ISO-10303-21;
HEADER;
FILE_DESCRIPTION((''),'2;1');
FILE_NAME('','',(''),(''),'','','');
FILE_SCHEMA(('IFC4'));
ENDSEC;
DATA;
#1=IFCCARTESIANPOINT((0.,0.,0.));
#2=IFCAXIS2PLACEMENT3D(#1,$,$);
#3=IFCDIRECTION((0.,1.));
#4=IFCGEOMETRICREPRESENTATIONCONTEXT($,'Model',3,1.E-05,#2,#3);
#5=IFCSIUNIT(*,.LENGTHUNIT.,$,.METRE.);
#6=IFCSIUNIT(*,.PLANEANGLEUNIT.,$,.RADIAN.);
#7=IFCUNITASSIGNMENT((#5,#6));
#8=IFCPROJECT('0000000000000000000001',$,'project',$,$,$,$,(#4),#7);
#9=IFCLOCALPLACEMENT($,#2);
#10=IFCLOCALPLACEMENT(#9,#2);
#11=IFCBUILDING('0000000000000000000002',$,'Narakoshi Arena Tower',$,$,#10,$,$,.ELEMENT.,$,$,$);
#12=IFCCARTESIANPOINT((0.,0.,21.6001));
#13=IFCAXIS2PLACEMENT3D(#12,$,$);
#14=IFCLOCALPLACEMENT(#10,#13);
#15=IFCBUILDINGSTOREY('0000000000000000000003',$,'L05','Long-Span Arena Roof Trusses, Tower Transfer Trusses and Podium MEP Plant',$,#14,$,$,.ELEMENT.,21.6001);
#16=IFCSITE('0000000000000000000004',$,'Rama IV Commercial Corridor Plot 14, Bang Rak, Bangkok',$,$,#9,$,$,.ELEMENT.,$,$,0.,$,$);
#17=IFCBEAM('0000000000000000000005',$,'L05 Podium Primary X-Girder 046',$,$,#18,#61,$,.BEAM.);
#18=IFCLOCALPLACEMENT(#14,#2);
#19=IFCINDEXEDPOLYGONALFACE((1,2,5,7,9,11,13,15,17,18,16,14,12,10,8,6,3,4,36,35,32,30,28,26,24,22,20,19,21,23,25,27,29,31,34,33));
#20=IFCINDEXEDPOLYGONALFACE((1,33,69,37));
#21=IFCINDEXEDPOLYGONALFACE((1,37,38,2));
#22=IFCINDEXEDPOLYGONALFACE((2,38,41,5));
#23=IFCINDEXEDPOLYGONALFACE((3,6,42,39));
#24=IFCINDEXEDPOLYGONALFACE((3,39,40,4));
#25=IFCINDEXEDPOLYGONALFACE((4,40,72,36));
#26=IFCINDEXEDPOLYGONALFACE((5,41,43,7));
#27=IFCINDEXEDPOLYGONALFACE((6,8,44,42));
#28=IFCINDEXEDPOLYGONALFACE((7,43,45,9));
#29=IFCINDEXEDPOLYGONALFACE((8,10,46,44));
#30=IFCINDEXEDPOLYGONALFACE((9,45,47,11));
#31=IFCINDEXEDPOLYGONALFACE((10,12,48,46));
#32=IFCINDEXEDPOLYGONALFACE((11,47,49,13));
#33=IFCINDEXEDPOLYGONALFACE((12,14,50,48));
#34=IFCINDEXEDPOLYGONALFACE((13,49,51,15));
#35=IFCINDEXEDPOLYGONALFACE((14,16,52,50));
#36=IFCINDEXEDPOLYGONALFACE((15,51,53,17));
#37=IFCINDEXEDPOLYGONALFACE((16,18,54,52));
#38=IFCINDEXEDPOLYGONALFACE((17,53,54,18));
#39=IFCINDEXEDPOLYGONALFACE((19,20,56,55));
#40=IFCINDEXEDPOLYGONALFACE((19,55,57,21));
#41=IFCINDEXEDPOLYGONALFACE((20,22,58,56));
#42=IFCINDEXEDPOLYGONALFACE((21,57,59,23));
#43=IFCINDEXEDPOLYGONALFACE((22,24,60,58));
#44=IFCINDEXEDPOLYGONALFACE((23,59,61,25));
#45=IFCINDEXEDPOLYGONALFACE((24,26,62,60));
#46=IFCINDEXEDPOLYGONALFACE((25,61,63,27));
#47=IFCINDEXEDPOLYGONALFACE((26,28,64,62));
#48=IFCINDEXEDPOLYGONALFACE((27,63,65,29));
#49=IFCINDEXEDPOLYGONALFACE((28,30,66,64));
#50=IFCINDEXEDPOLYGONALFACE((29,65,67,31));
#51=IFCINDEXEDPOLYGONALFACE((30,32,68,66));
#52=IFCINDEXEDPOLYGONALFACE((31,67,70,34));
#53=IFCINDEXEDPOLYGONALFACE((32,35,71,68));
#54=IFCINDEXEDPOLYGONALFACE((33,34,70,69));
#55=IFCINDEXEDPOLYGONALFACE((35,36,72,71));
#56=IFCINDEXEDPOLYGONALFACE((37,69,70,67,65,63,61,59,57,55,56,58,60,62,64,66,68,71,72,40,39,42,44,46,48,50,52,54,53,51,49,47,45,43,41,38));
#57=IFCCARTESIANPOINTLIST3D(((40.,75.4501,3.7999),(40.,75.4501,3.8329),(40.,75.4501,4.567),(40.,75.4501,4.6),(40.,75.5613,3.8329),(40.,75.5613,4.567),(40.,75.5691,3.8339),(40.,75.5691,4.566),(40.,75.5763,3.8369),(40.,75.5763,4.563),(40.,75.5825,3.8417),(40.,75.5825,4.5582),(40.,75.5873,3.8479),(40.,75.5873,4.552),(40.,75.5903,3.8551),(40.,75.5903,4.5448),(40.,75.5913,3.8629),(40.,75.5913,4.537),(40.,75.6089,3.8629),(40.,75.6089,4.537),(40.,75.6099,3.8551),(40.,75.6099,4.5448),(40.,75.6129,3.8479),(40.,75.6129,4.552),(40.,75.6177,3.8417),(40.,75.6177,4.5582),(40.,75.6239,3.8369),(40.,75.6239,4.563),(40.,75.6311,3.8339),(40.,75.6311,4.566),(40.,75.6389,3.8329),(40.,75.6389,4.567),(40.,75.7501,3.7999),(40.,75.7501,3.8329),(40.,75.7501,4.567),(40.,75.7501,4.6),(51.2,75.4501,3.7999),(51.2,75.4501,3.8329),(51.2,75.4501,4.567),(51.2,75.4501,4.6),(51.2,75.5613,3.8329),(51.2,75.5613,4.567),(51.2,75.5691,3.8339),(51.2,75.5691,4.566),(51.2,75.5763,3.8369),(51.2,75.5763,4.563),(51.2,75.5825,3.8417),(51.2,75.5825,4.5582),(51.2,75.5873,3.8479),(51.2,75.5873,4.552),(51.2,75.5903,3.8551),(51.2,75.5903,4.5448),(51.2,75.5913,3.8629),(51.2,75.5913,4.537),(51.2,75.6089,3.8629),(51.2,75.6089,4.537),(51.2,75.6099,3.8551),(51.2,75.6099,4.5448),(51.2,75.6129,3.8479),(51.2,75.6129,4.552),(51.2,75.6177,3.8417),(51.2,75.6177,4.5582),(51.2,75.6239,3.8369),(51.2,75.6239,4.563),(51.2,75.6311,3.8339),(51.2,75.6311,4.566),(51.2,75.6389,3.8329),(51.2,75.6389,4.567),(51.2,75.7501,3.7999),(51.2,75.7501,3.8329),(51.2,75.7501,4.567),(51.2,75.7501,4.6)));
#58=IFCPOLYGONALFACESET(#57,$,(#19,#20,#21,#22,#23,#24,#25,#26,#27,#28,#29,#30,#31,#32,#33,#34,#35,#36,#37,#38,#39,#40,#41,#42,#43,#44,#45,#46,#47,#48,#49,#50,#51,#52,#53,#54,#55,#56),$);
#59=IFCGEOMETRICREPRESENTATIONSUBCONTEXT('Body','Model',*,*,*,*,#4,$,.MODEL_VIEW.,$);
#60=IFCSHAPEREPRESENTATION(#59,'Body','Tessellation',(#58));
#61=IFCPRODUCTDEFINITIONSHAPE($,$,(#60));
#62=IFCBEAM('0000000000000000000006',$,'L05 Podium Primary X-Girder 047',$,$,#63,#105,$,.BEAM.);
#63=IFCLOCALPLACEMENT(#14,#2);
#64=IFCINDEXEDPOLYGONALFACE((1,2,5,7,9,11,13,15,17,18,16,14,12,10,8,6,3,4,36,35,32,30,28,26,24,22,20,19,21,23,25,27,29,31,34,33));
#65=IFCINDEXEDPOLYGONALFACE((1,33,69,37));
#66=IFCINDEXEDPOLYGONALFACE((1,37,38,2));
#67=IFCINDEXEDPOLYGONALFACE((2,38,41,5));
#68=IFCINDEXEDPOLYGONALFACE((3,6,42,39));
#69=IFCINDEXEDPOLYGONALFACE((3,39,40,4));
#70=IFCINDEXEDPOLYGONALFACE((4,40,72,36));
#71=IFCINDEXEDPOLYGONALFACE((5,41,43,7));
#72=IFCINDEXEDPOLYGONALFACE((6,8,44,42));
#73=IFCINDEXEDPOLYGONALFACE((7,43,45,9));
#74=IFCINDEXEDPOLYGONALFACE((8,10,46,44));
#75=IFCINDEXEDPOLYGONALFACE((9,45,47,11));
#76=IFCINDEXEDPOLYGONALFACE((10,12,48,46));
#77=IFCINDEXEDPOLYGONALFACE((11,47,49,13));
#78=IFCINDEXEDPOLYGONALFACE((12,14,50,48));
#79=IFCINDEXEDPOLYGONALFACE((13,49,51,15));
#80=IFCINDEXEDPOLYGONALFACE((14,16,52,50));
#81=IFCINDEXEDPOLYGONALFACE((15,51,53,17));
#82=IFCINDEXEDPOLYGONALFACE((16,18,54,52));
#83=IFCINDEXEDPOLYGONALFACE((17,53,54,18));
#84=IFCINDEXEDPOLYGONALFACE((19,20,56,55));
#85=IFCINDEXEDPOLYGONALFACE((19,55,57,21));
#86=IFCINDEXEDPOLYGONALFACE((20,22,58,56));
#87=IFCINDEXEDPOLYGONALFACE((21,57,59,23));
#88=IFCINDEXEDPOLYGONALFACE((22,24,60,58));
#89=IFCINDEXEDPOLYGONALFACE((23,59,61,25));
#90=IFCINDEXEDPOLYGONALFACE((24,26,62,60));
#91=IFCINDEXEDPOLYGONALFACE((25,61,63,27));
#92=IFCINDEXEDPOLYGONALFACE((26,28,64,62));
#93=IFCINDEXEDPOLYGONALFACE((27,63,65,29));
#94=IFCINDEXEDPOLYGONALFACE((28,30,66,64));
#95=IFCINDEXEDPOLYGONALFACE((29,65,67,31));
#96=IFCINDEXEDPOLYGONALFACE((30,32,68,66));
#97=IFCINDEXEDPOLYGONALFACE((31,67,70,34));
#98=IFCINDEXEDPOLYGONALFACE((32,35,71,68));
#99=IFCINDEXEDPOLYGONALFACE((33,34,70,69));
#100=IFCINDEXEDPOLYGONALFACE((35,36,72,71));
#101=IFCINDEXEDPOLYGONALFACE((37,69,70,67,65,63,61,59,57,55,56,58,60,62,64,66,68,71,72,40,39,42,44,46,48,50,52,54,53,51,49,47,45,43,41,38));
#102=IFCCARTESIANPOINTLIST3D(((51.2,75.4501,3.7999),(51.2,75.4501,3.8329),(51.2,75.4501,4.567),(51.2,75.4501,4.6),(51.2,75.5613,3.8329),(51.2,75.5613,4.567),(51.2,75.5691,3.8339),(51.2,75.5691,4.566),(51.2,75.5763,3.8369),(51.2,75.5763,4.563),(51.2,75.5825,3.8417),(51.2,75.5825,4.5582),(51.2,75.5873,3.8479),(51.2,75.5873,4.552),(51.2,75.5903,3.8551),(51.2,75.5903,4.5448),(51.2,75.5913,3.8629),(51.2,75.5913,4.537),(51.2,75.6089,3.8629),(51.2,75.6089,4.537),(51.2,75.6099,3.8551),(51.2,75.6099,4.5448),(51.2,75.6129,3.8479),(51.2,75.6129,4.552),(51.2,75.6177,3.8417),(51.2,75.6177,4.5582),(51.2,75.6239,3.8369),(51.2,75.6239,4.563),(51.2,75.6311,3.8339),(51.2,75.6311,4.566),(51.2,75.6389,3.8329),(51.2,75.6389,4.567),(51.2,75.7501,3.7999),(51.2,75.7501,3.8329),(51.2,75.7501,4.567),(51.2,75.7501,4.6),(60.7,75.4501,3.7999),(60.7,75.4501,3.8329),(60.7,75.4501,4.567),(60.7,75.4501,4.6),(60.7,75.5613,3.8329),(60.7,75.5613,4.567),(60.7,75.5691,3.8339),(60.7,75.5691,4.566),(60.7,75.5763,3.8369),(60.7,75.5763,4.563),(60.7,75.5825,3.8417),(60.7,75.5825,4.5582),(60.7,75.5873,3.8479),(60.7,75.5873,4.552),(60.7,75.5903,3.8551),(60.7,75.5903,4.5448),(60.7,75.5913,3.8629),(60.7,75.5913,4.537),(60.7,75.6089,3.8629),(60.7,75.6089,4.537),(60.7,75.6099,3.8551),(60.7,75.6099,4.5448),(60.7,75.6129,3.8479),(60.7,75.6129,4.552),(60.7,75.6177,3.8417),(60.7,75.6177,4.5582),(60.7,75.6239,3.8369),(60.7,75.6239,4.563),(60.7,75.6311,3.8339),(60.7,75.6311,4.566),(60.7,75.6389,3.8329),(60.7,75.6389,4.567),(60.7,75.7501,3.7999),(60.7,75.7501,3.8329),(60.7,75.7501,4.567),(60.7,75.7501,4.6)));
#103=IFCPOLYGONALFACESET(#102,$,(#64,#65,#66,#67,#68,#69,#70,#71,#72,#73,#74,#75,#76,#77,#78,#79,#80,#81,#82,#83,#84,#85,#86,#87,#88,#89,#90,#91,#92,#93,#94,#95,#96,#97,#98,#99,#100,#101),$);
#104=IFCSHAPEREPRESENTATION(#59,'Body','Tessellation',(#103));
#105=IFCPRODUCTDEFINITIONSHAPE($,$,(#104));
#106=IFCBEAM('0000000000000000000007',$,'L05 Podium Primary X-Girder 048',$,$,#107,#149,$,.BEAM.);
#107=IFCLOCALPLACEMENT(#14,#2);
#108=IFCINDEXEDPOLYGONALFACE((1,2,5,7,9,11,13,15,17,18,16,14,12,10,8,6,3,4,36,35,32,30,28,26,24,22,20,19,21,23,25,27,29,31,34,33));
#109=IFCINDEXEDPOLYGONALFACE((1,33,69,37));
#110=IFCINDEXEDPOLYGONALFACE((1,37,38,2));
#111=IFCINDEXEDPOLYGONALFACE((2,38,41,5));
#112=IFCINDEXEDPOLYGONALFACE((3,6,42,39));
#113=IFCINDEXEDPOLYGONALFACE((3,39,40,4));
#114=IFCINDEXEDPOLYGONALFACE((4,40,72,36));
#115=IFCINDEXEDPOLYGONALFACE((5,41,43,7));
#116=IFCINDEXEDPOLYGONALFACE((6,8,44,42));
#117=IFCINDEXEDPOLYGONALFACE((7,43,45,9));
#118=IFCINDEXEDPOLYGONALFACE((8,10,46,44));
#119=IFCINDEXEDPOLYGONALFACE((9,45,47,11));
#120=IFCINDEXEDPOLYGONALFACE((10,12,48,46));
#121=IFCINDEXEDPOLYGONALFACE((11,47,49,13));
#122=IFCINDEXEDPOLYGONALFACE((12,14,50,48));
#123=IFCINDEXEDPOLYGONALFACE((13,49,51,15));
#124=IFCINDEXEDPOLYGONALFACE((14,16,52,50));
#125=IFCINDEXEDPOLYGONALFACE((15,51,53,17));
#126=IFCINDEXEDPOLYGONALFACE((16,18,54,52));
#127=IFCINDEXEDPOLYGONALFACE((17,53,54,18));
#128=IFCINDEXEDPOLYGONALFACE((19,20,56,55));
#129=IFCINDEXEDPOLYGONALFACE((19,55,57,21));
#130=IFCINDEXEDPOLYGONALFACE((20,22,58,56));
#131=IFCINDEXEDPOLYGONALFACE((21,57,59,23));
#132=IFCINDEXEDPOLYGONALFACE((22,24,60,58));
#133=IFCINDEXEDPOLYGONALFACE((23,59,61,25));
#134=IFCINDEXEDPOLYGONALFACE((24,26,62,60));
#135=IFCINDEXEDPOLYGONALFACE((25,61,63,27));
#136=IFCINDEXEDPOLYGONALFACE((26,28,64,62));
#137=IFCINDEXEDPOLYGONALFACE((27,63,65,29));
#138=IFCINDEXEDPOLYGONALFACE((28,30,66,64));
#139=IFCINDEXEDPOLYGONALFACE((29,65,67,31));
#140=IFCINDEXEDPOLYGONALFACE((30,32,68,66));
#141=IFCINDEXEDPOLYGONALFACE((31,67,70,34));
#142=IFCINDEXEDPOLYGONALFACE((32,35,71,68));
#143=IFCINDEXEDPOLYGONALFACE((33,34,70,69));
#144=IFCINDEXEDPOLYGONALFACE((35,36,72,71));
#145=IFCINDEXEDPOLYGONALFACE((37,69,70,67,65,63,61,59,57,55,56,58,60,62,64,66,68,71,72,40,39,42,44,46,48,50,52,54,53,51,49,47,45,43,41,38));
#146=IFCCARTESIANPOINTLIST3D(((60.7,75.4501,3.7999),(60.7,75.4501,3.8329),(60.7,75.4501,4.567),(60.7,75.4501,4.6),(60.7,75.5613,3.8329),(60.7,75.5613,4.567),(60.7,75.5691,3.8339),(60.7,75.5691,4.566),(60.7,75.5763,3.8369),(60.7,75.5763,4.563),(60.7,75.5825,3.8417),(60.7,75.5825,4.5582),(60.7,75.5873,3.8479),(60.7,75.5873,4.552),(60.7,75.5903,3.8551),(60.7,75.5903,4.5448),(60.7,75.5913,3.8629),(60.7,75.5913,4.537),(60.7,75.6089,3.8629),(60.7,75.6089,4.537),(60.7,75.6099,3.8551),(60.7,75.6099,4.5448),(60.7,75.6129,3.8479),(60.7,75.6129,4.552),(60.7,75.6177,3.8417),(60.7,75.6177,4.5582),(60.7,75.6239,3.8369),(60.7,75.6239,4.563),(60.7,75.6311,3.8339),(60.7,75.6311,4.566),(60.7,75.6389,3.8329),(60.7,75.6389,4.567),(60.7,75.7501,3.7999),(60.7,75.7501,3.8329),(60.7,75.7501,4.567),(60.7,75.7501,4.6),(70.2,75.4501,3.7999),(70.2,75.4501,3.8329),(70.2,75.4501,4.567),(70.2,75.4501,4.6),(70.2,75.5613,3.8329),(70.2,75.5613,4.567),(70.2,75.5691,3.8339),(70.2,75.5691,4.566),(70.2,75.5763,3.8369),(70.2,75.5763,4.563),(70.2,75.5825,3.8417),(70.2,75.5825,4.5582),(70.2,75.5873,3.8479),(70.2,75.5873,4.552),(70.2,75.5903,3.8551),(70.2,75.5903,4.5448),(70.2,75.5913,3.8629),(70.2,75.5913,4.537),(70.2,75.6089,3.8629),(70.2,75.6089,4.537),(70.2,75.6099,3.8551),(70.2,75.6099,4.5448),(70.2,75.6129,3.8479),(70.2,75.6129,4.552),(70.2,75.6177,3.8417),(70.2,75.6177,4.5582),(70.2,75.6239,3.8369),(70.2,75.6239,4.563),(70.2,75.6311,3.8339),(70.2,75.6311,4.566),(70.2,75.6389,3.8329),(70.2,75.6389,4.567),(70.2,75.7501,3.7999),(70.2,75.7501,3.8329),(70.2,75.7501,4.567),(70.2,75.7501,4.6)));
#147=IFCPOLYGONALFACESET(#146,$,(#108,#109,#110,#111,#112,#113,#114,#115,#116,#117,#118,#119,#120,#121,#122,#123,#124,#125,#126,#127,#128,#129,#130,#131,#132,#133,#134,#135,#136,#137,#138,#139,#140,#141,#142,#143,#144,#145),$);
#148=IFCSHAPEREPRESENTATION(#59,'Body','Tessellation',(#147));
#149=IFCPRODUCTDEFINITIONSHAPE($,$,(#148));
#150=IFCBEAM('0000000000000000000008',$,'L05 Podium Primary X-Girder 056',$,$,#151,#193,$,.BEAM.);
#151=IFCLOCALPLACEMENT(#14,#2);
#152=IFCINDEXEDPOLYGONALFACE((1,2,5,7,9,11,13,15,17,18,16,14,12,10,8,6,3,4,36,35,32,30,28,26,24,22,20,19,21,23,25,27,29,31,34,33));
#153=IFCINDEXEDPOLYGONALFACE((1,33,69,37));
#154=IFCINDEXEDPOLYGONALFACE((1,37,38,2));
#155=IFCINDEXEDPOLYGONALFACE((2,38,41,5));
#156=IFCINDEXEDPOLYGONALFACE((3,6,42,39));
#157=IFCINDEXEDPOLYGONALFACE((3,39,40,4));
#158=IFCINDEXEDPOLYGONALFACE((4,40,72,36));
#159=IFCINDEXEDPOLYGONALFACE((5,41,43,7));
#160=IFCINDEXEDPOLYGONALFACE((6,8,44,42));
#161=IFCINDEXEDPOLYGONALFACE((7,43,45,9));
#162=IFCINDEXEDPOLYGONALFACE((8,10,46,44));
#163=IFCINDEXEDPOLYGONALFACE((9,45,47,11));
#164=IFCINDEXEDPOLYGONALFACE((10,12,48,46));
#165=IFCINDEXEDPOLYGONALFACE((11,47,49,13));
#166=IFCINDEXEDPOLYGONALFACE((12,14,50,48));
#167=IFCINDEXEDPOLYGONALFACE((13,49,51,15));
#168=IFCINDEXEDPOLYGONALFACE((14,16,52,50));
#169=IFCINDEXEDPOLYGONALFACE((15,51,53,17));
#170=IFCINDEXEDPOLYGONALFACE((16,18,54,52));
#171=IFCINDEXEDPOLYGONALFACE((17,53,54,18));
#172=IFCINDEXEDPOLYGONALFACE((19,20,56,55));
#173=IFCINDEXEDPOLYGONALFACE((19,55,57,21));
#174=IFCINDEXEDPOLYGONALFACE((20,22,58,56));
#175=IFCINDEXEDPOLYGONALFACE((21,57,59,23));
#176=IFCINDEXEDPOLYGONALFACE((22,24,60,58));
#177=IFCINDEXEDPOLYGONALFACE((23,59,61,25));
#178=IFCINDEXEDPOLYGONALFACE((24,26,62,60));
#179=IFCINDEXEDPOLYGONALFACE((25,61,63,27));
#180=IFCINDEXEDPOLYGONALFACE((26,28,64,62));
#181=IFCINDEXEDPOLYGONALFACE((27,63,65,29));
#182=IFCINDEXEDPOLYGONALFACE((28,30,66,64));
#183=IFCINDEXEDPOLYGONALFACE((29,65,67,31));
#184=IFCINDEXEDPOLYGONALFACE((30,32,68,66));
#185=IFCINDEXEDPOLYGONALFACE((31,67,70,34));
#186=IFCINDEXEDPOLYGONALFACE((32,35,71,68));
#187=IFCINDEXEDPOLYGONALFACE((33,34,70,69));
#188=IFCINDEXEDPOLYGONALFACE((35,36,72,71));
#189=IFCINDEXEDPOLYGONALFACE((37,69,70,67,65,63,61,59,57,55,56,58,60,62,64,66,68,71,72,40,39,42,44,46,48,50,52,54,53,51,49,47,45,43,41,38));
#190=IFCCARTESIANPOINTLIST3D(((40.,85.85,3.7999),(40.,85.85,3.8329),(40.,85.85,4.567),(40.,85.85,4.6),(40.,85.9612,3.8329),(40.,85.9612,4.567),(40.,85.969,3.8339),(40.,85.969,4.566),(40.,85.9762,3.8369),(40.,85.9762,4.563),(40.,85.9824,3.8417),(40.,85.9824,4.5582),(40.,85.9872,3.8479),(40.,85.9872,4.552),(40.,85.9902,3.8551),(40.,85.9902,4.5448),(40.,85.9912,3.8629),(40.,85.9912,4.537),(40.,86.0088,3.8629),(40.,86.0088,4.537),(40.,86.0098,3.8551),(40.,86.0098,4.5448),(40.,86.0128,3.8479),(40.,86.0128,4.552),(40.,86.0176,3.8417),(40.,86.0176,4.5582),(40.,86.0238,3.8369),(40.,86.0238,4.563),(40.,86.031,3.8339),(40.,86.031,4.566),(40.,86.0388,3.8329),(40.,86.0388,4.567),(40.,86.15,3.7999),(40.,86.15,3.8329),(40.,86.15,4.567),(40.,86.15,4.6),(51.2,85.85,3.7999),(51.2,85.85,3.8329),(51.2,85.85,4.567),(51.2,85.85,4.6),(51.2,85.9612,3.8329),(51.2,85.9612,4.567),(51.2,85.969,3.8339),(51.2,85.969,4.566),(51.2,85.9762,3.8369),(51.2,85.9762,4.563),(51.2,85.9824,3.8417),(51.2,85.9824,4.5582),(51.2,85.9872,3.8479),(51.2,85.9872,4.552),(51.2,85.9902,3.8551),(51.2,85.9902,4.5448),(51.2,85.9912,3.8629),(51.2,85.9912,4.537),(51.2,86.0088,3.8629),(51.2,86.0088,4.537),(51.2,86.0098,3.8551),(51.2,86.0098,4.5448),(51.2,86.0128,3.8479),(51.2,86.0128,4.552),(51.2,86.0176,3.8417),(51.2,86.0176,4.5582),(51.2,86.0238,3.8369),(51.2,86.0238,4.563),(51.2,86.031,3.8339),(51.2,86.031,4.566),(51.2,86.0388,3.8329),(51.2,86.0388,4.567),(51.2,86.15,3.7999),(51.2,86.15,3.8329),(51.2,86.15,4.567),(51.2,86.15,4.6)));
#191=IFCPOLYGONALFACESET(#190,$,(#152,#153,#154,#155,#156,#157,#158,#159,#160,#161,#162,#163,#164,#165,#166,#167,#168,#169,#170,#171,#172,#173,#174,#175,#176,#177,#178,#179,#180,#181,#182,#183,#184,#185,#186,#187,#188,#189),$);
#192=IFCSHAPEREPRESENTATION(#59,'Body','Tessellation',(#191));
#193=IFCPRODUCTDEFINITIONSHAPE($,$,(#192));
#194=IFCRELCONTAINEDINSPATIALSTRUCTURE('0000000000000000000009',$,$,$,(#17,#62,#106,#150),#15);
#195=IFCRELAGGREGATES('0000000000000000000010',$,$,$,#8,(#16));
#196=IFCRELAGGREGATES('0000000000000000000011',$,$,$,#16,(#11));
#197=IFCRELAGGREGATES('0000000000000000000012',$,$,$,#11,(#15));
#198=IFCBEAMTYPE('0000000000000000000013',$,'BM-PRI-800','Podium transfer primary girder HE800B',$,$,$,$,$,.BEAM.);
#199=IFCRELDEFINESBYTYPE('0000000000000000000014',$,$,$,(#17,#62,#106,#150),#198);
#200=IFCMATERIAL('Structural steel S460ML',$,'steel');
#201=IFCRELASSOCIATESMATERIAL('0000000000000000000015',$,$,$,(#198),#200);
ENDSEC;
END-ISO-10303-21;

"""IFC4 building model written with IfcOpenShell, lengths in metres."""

from ifc_helpers import new_model, si_unit, direction, frame, origin, origin_2d, place, context, subcontext, project, spatial, i_section, extrude, material, material_profile, profile_set, type_object, element, save


model = new_model("IFC4")

# Units and contexts
model_context = context("Model", 3, precision=1e-05, world=origin(), true_north=direction((0.0, 1.0)))
body_context = subcontext(model_context, "Body", "Model", "MODEL_VIEW")
ifc_project = project(units=[si_unit("LENGTHUNIT", "METRE"), si_unit("PLANEANGLEUNIT", "RADIAN")], contexts=[model_context])

# Site, building, storey
site_placement = place(None, origin())
site = spatial("IfcSite", under=ifc_project, at=site_placement, Name="Rama IV Commercial Corridor Plot 14, Bang Rak, Bangkok", CompositionType="ELEMENT", RefElevation=0.0)
building_placement = place(site_placement, origin())
building = spatial("IfcBuilding", under=site, at=building_placement, Name="Narakoshi Arena Tower", CompositionType="ELEMENT")
storey_placement = place(building_placement, frame((0.0, 0.0, 21.6001)))
storey = spatial("IfcBuildingStorey", under=building, at=storey_placement, Name="L05", Description="Long-Span Arena Roof Trusses, Tower Transfer Trusses and Podium MEP Plant", CompositionType="ELEMENT", Elevation=21.6001)

# Beams
ifc_material_1 = material(Name="Structural steel S460ML", Category="steel")
ifc_material_profile_1 = material_profile(ifc_material_1, i_section(OverallWidth=0.3, OverallDepth=0.8, WebThickness=0.0176, FlangeThickness=0.033, FilletRadius=0.03, at=origin_2d()), Name="HE800B")
ifc_profile_set_1 = profile_set([ifc_material_profile_1], Name="Structural steel S460ML")
beam_type_1 = type_object("IfcBeamType", Name="BM-PRI-800", Description="Podium transfer primary girder HE800B", PredefinedType="BEAM", material=ifc_profile_set_1)
beam_1_placement = place(storey_placement, frame((40.0, 75.6001, 4.2), z_axis=(1.0, 0.0, 0.0), x_axis=(0.0, 1.0, 0.0)))
element("IfcBeam", 1, at=beam_1_placement, inside=storey, type_object=beam_type_1, Name="L05 Podium Primary X-Girder 046", PredefinedType="BEAM", context=body_context, shape_type="SweptSolid", body=[
    extrude(i_section(OverallWidth=0.3, OverallDepth=0.8, WebThickness=0.0176, FlangeThickness=0.033, FilletRadius=0.03, at=origin_2d()), origin(), (0.0, 0.0, 1.0), 11.2),
])
for number, where, z_axis, x_axis, name in (
    (2, (51.2, 75.6001, 4.2), (1.0, 0.0, 0.0), (0.0, 1.0, 0.0), "L05 Podium Primary X-Girder 047"),
    (3, (60.7, 75.6001, 4.2), (1.0, 0.0, 0.0), (0.0, 1.0, 0.0), "L05 Podium Primary X-Girder 048"),
):
    element("IfcBeam", number, at=place(storey_placement, frame(where, z_axis=z_axis, x_axis=x_axis)), inside=storey, type_object=beam_type_1, Name=name, PredefinedType="BEAM", context=body_context, shape_type="SweptSolid", body=[
        extrude(i_section(OverallWidth=0.3, OverallDepth=0.8, WebThickness=0.0176, FlangeThickness=0.033, FilletRadius=0.03, at=origin_2d()), origin(), (0.0, 0.0, 1.0), 9.5),
    ])
beam_2_placement = place(storey_placement, frame((40.0, 86.0, 4.2), z_axis=(1.0, 0.0, 0.0), x_axis=(0.0, 1.0, 0.0)))
element("IfcBeam", 4, at=beam_2_placement, inside=storey, type_object=beam_type_1, Name="L05 Podium Primary X-Girder 056", PredefinedType="BEAM", context=body_context, shape_type="SweptSolid", body=[
    extrude(i_section(OverallWidth=0.3, OverallDepth=0.8, WebThickness=0.0176, FlangeThickness=0.033, FilletRadius=0.03, at=origin_2d()), origin(), (0.0, 0.0, 1.0), 11.2),
])

save(model, "model.ifc")
